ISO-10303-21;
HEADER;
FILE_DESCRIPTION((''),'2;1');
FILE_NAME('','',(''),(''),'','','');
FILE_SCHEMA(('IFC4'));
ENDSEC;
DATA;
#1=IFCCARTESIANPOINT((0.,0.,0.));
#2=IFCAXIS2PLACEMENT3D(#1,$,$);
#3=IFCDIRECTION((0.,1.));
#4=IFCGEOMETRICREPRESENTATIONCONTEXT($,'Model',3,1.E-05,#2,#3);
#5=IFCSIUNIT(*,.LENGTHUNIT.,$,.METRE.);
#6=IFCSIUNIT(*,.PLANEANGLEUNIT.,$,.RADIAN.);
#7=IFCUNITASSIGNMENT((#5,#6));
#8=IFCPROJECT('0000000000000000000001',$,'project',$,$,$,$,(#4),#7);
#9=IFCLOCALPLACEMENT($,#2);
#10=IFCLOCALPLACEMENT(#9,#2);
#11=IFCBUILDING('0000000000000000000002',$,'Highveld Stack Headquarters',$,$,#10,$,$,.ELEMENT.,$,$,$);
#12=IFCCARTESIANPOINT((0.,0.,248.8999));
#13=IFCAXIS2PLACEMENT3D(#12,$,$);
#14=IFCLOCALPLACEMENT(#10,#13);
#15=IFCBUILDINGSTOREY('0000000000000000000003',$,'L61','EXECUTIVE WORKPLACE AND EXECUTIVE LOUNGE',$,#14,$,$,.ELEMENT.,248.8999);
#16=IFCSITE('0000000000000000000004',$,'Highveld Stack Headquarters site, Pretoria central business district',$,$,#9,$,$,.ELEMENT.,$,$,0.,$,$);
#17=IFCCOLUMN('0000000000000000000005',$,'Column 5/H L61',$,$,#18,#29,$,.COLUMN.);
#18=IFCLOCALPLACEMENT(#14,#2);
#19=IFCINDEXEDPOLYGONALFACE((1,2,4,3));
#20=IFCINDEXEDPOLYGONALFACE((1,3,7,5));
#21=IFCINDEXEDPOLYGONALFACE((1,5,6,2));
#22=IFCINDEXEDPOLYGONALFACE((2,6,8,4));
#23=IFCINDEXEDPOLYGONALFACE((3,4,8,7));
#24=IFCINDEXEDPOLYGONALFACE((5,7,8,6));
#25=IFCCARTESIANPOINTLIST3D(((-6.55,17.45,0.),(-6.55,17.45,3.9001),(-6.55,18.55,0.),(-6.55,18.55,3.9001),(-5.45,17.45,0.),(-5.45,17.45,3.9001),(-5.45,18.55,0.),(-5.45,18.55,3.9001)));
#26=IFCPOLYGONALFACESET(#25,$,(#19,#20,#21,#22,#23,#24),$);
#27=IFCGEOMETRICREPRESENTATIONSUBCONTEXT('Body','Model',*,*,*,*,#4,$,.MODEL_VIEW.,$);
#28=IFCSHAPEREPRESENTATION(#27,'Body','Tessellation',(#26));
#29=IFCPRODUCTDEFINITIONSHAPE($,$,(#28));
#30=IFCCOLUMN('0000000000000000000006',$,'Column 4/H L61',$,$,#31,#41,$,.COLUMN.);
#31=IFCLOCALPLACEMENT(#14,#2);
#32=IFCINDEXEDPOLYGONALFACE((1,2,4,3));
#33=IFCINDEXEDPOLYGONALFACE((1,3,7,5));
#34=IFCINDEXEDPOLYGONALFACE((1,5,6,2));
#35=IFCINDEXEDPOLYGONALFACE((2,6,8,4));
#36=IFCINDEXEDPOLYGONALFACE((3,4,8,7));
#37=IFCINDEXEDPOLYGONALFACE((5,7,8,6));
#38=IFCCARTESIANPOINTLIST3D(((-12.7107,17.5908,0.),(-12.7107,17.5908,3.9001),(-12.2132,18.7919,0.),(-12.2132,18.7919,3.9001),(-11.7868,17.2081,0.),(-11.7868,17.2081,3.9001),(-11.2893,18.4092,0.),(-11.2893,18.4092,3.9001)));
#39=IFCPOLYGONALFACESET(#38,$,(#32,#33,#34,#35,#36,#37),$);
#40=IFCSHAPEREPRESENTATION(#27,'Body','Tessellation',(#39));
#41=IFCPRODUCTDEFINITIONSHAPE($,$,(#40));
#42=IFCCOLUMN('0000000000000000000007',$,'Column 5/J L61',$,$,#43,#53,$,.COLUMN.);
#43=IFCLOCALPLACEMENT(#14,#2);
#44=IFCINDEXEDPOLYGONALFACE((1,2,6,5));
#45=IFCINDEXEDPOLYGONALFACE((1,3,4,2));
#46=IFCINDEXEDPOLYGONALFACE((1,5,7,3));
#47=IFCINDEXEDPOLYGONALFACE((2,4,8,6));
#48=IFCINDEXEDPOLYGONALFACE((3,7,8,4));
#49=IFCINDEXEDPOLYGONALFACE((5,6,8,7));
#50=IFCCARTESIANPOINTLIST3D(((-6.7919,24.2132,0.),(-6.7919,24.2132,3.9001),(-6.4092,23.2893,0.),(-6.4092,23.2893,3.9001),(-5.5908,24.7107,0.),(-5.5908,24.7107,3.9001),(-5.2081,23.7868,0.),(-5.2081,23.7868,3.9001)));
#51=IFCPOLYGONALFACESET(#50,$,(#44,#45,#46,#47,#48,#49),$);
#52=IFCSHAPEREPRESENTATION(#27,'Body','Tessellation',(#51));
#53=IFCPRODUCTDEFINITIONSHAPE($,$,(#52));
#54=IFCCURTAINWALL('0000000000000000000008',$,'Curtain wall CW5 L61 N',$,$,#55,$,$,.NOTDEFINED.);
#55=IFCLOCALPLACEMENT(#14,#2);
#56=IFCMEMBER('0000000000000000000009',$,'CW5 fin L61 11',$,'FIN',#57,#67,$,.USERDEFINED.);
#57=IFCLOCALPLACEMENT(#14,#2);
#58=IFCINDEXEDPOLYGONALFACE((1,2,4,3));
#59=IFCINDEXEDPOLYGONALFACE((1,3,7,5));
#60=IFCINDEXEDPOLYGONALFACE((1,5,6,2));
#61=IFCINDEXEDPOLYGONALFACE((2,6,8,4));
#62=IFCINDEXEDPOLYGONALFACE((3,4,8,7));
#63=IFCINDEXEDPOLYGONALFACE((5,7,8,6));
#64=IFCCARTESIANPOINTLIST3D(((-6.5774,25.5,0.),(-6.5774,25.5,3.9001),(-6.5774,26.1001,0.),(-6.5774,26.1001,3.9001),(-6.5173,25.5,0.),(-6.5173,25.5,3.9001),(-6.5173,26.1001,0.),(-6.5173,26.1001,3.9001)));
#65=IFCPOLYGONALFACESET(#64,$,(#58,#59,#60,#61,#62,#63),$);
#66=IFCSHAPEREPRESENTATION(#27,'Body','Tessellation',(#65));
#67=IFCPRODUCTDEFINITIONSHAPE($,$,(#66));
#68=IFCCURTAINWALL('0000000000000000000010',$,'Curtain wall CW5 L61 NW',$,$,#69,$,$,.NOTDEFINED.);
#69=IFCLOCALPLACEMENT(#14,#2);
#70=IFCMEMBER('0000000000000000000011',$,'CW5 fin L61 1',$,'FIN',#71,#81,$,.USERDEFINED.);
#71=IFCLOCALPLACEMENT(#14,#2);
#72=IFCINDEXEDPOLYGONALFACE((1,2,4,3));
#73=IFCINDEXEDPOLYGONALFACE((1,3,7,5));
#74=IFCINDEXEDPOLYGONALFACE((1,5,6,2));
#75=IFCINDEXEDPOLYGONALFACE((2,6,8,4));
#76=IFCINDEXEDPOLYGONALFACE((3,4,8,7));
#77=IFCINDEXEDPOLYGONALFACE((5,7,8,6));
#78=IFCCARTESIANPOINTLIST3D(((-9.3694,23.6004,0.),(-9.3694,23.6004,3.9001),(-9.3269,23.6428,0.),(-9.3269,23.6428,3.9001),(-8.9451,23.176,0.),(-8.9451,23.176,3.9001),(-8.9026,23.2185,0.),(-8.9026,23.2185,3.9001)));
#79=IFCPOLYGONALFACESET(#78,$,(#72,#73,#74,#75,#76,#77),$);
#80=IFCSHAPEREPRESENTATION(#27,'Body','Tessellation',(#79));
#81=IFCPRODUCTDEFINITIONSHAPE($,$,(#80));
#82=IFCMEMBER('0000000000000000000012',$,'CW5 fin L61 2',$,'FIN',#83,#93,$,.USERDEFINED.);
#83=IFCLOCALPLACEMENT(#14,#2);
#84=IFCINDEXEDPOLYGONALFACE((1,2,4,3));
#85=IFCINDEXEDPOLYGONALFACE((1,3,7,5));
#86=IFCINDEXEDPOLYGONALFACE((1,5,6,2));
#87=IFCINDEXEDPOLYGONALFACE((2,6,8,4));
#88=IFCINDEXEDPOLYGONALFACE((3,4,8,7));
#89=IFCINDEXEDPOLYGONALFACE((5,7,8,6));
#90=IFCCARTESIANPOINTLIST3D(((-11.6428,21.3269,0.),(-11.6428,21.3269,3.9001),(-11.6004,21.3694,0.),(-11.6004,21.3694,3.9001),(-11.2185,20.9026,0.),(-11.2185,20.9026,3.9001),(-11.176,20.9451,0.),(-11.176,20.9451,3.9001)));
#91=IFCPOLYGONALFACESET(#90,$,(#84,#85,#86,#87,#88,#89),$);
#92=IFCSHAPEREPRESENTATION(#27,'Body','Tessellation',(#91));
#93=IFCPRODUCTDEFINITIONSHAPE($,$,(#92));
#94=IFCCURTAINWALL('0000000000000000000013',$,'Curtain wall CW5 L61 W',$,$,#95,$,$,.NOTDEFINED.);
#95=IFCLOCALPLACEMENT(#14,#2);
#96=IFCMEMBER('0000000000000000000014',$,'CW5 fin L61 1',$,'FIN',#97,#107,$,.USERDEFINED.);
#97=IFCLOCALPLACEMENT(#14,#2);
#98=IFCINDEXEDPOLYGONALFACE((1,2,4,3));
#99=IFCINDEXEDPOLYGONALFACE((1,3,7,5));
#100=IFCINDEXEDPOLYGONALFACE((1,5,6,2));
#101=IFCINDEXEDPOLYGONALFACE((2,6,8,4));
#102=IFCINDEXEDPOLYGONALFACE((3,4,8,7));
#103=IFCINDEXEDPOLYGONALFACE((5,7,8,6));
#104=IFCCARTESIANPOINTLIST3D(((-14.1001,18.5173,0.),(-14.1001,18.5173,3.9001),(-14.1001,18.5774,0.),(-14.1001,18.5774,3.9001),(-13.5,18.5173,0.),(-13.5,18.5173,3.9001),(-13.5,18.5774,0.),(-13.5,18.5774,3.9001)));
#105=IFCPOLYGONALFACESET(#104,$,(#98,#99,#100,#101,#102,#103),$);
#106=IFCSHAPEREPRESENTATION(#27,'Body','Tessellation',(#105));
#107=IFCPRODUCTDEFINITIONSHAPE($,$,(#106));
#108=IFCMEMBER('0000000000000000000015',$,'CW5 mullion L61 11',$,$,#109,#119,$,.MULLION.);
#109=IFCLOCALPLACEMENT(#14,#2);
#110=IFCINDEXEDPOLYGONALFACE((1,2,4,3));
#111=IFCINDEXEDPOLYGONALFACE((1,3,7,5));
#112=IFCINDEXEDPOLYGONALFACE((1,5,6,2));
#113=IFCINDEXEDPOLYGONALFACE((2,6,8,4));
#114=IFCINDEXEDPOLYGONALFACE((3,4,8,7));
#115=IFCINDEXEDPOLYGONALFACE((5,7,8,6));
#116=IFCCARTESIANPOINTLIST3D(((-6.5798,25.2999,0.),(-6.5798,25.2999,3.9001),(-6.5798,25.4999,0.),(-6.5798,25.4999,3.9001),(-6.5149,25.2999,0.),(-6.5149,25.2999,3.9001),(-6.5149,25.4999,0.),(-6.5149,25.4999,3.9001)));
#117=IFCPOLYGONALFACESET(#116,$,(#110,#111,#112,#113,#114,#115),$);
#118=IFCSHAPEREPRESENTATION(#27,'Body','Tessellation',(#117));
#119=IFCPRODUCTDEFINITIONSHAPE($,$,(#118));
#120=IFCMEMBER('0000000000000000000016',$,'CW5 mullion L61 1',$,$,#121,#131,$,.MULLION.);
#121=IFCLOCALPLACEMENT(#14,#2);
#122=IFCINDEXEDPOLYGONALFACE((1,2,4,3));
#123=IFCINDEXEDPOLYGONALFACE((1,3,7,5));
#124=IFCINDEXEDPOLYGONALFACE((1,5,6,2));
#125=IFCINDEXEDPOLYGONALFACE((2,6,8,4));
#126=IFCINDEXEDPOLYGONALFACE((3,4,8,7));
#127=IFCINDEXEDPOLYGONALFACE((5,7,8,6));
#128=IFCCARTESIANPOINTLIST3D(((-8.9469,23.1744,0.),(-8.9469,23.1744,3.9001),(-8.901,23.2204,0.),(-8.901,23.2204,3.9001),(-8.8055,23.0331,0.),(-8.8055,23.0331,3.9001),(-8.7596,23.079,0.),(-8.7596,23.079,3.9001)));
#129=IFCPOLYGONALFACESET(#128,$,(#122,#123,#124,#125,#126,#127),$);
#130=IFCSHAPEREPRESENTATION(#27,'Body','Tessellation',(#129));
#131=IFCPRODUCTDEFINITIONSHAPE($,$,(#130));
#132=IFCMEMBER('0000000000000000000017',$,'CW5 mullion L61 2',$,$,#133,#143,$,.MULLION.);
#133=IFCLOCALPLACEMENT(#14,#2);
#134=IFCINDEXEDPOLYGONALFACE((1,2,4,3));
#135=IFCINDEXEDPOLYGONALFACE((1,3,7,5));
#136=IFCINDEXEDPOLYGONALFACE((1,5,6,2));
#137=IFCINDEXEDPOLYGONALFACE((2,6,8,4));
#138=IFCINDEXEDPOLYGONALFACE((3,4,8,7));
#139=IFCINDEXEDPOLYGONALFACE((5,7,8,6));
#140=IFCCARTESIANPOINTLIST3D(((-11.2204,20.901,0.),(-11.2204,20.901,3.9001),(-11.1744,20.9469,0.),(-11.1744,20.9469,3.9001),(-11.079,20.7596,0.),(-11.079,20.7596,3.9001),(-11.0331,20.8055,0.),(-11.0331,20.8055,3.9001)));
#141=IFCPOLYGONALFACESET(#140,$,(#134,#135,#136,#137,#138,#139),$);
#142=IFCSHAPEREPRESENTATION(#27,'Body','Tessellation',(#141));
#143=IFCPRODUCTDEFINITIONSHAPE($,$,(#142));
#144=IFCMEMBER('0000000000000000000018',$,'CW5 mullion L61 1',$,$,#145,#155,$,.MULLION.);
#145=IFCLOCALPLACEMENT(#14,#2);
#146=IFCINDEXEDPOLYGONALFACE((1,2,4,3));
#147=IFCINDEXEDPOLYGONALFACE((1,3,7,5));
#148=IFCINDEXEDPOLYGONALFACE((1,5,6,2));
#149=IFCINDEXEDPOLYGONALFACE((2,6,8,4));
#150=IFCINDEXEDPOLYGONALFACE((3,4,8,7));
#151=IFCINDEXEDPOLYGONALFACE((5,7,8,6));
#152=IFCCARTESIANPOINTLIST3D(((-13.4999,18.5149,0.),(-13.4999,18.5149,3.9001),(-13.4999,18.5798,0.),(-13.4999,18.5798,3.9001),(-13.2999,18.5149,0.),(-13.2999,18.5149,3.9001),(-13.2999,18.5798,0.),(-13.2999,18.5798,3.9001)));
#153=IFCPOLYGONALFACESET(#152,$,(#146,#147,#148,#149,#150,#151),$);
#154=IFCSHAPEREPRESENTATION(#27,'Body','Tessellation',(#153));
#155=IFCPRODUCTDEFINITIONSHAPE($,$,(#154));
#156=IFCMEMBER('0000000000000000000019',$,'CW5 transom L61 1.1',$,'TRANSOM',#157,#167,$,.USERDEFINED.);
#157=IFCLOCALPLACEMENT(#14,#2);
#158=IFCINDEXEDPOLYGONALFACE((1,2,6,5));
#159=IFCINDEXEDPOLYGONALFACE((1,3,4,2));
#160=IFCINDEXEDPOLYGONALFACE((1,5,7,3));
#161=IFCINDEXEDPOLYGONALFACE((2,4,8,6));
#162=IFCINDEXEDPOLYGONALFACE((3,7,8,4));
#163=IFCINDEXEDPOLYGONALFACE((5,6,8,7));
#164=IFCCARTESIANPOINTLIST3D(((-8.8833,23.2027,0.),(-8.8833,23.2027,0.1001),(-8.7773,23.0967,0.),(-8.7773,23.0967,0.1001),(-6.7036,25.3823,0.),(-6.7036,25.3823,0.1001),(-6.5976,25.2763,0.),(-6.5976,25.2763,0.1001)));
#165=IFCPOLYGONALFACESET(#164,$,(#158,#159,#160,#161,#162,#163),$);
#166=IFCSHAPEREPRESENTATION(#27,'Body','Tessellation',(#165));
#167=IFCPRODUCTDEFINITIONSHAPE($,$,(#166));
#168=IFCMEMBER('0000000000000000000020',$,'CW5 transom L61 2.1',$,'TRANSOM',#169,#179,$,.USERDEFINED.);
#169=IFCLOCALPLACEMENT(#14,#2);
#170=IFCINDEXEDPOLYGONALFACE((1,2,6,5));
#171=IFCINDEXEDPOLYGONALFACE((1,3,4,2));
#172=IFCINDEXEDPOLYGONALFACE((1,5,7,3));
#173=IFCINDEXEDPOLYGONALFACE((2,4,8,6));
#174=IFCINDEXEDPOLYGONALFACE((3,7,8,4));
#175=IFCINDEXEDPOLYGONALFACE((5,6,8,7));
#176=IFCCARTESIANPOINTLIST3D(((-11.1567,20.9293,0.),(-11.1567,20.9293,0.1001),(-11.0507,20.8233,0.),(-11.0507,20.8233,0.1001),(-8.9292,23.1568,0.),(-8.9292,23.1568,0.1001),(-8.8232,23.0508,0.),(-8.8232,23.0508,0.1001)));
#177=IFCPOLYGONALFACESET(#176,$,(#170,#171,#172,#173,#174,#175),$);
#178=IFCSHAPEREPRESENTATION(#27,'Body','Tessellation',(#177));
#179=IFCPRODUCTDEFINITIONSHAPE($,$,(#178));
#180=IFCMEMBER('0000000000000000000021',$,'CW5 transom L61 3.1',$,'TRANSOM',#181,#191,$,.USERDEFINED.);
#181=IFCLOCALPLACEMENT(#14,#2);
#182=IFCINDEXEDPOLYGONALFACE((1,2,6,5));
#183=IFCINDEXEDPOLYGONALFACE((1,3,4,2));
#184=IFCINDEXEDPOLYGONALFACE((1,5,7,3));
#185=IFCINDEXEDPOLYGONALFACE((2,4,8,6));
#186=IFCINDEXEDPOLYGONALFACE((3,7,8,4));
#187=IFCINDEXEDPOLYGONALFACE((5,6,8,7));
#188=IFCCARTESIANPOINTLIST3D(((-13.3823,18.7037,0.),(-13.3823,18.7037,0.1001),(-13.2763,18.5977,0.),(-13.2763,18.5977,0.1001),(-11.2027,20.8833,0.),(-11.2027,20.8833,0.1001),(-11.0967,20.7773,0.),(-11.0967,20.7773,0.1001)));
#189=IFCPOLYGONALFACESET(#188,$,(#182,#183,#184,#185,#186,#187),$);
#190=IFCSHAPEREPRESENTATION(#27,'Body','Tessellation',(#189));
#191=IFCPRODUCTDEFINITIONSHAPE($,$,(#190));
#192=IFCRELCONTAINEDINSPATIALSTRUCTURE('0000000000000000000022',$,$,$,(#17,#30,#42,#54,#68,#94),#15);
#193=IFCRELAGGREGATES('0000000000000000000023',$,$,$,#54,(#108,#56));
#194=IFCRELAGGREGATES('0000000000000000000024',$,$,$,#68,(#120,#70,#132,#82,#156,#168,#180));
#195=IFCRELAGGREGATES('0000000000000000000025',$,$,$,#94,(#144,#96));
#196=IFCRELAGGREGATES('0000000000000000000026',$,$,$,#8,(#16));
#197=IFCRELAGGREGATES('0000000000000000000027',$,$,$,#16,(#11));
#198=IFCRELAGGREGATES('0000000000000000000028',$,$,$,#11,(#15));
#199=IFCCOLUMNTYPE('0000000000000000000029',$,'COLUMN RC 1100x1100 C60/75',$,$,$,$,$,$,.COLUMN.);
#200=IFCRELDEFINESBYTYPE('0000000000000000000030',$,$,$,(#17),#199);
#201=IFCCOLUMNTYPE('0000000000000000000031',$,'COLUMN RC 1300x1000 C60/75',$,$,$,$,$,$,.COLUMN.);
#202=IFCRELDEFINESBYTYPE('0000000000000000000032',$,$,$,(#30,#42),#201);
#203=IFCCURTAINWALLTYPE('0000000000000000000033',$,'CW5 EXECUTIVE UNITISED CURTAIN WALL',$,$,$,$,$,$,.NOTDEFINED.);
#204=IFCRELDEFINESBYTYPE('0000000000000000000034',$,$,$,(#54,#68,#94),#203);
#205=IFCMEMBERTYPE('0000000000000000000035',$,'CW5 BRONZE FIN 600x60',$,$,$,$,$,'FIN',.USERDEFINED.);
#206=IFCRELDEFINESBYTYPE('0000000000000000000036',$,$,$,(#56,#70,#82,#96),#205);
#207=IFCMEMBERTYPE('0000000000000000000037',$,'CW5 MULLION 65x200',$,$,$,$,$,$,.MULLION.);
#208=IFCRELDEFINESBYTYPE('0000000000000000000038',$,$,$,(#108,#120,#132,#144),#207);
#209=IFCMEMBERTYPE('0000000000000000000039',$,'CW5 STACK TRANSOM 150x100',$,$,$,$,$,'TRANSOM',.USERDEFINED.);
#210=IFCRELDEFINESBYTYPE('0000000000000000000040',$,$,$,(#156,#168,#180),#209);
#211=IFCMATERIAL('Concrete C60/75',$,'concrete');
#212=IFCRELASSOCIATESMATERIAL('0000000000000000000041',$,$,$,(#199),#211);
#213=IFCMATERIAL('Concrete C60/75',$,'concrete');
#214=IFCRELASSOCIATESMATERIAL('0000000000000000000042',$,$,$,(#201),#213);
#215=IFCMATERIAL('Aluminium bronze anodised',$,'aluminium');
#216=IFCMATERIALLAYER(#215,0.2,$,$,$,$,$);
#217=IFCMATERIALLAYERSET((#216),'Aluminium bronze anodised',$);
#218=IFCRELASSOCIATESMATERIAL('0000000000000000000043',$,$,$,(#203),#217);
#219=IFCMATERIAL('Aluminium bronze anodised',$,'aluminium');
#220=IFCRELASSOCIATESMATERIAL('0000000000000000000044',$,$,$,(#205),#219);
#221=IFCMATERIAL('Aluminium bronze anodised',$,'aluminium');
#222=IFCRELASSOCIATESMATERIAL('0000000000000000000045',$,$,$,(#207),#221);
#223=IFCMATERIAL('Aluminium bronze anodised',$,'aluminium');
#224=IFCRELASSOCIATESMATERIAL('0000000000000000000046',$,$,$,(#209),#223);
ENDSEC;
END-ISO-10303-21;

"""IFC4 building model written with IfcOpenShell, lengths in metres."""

from ifc_helpers import new_model, si_unit, direction, frame, origin, origin_2d, place, context, subcontext, project, spatial, rectangle, extrude, material, layer, layer_set, material_profile, profile_set, type_object, element, aggregate, save


model = new_model("IFC4")

# Units and contexts
model_context = context("Model", 3, precision=1e-05, world=origin(), true_north=direction((0.0, 1.0)))
body_context = subcontext(model_context, "Body", "Model", "MODEL_VIEW")
ifc_project = project(units=[si_unit("LENGTHUNIT", "METRE"), si_unit("PLANEANGLEUNIT", "RADIAN")], contexts=[model_context])

# Site, building, storey
site_placement = place(None, origin())
site = spatial("IfcSite", under=ifc_project, at=site_placement, Name="Highveld Stack Headquarters site, Pretoria central business district", CompositionType="ELEMENT", RefElevation=0.0)
building_placement = place(site_placement, origin())
building = spatial("IfcBuilding", under=site, at=building_placement, Name="Highveld Stack Headquarters", CompositionType="ELEMENT")
storey_placement = place(building_placement, frame((0.0, 0.0, 248.8999)))
storey = spatial("IfcBuildingStorey", under=building, at=storey_placement, Name="L61", Description="EXECUTIVE WORKPLACE AND EXECUTIVE LOUNGE", CompositionType="ELEMENT", Elevation=248.8999)

# Columns
ifc_material_1 = material(Name="Concrete C60/75", Category="concrete")
ifc_material_profile_1 = material_profile(ifc_material_1, rectangle(XDim=1.1001, YDim=1.1001, at=origin_2d()), Name="RC 1100x1100")
ifc_profile_set_1 = profile_set([ifc_material_profile_1], Name="Concrete C60/75")
column_type_1 = type_object("IfcColumnType", Name="COLUMN RC 1100x1100 C60/75", PredefinedType="COLUMN", material=ifc_profile_set_1)
column_placement = place(storey_placement, frame((-6.0, 18.0, 0.0), z_axis=(0.0, 0.0, 1.0), x_axis=(1.0, 0.0, 0.0)))
element("IfcColumn", 1, at=column_placement, inside=storey, type_object=column_type_1, Name="Column 5/H L61", PredefinedType="COLUMN", context=body_context, shape_type="SweptSolid", body=[
    extrude(rectangle(XDim=1.1001, YDim=1.1001, at=origin_2d()), origin(), (0.0, 0.0, 1.0), 3.9001),
])
ifc_material_2 = material(Name="Concrete C60/75", Category="concrete")
ifc_material_profile_2 = material_profile(ifc_material_2, rectangle(XDim=1.3, YDim=1.0, at=origin_2d()), Name="RC 1300x1000")
ifc_profile_set_2 = profile_set([ifc_material_profile_2], Name="Concrete C60/75")
column_type_2 = type_object("IfcColumnType", Name="COLUMN RC 1300x1000 C60/75", PredefinedType="COLUMN", material=ifc_profile_set_2)
for number, where, z_axis, x_axis, name in (
    (2, (-12.0, 18.0, 0.0), (0.0, 0.0, 1.0), (0.382683, 0.92388, 0.0), "Column 4/H L61"),
    (3, (-6.0, 24.0, 0.0), (0.0, 0.0, 1.0), (0.92388, 0.382683, 0.0), "Column 5/J L61"),
):
    element("IfcColumn", number, at=place(storey_placement, frame(where, z_axis=z_axis, x_axis=x_axis)), inside=storey, type_object=column_type_2, Name=name, PredefinedType="COLUMN", context=body_context, shape_type="SweptSolid", body=[
        extrude(rectangle(XDim=1.3, YDim=1.0, at=origin_2d()), origin(), (0.0, 0.0, 1.0), 3.9001),
    ])

# Curtain wall, member
ifc_material_3 = material(Name="Aluminium bronze anodised", Category="aluminium")
ifc_layer_1 = layer(ifc_material_3, 0.2)
ifc_layer_set_1 = layer_set([ifc_layer_1], Name="Aluminium bronze anodised")
curtain_wall_type = type_object("IfcCurtainWallType", Name="CW5 EXECUTIVE UNITISED CURTAIN WALL", PredefinedType="NOTDEFINED", material=ifc_layer_set_1)
curtain_wall_1_placement = place(storey_placement, origin())
curtain_wall_1 = element("IfcCurtainWall", 4, at=curtain_wall_1_placement, inside=storey, type_object=curtain_wall_type, Name="Curtain wall CW5 L61 N", PredefinedType="NOTDEFINED")
ifc_material_4 = material(Name="Aluminium bronze anodised", Category="aluminium")
ifc_material_profile_3 = material_profile(ifc_material_4, rectangle(XDim=0.6001, YDim=0.0601, at=origin_2d()), Name="FIN 600x60")
ifc_profile_set_3 = profile_set([ifc_material_profile_3], Name="Aluminium bronze anodised")
member_type_1 = type_object("IfcMemberType", Name="CW5 BRONZE FIN 600x60", ElementType="FIN", PredefinedType="USERDEFINED", material=ifc_profile_set_3)
member_1_placement = place(storey_placement, frame((-6.5474, 25.8, 0.0), z_axis=(0.0, 0.0, 1.0), x_axis=(0.0, -1.0, 0.0)))
member_1 = element("IfcMember", 5, at=member_1_placement, type_object=member_type_1, Name="CW5 fin L61 11", ObjectType="FIN", PredefinedType="USERDEFINED", context=body_context, shape_type="SweptSolid", body=[
    extrude(rectangle(XDim=0.6001, YDim=0.0601, at=origin_2d()), origin(), (0.0, 0.0, 1.0), 3.9001),
])

# Curtain wall, members
curtain_wall_2_placement = place(storey_placement, origin())
curtain_wall_2 = element("IfcCurtainWall", 6, at=curtain_wall_2_placement, inside=storey, type_object=curtain_wall_type, Name="Curtain wall CW5 L61 NW", PredefinedType="NOTDEFINED")
member_2_placement = place(storey_placement, frame((-9.136, 23.4094, 0.0), z_axis=(0.0, 0.0, 1.0), x_axis=(0.707107, -0.707107, 0.0)))
member_2 = element("IfcMember", 7, at=member_2_placement, type_object=member_type_1, Name="CW5 fin L61 1", ObjectType="FIN", PredefinedType="USERDEFINED", context=body_context, shape_type="SweptSolid", body=[
    extrude(rectangle(XDim=0.6001, YDim=0.0601, at=origin_2d()), origin(), (0.0, 0.0, 1.0), 3.9001),
])
member_3_placement = place(storey_placement, frame((-11.4094, 21.136, 0.0), z_axis=(0.0, 0.0, 1.0), x_axis=(0.707107, -0.707107, 0.0)))
member_3 = element("IfcMember", 8, at=member_3_placement, type_object=member_type_1, Name="CW5 fin L61 2", ObjectType="FIN", PredefinedType="USERDEFINED", context=body_context, shape_type="SweptSolid", body=[
    extrude(rectangle(XDim=0.6001, YDim=0.0601, at=origin_2d()), origin(), (0.0, 0.0, 1.0), 3.9001),
])

# Curtain wall, member
curtain_wall_3_placement = place(storey_placement, origin())
curtain_wall_3 = element("IfcCurtainWall", 9, at=curtain_wall_3_placement, inside=storey, type_object=curtain_wall_type, Name="Curtain wall CW5 L61 W", PredefinedType="NOTDEFINED")
member_4_placement = place(storey_placement, frame((-13.8, 18.5474, 0.0), z_axis=(0.0, 0.0, 1.0), x_axis=(1.0, 0.0, 0.0)))
member_4 = element("IfcMember", 10, at=member_4_placement, type_object=member_type_1, Name="CW5 fin L61 1", ObjectType="FIN", PredefinedType="USERDEFINED", context=body_context, shape_type="SweptSolid", body=[
    extrude(rectangle(XDim=0.6001, YDim=0.0601, at=origin_2d()), origin(), (0.0, 0.0, 1.0), 3.9001),
])

# Members
ifc_material_5 = material(Name="Aluminium bronze anodised", Category="aluminium")
ifc_material_profile_4 = material_profile(ifc_material_5, rectangle(XDim=0.2, YDim=0.0649, at=origin_2d()), Name="CW5 MULLION 65x200")
ifc_profile_set_4 = profile_set([ifc_material_profile_4], Name="Aluminium bronze anodised")
member_type_2 = type_object("IfcMemberType", Name="CW5 MULLION 65x200", PredefinedType="MULLION", material=ifc_profile_set_4)
member_5_placement = place(storey_placement, frame((-6.5474, 25.3999, 0.0), z_axis=(0.0, 0.0, 1.0), x_axis=(0.0, -1.0, 0.0)))
member_5 = element("IfcMember", 11, at=member_5_placement, type_object=member_type_2, Name="CW5 mullion L61 11", PredefinedType="MULLION", context=body_context, shape_type="SweptSolid", body=[
    extrude(rectangle(XDim=0.2, YDim=0.0649, at=origin_2d()), origin(), (0.0, 0.0, 1.0), 3.9001),
])
aggregate(curtain_wall_1, [member_5, member_1])
member_6_placement = place(storey_placement, frame((-8.8533, 23.1267, 0.0), z_axis=(0.0, 0.0, 1.0), x_axis=(0.707107, -0.707107, 0.0)))
member_6 = element("IfcMember", 12, at=member_6_placement, type_object=member_type_2, Name="CW5 mullion L61 1", PredefinedType="MULLION", context=body_context, shape_type="SweptSolid", body=[
    extrude(rectangle(XDim=0.2, YDim=0.0649, at=origin_2d()), origin(), (0.0, 0.0, 1.0), 3.9001),
])
member_7_placement = place(storey_placement, frame((-11.1267, 20.8533, 0.0), z_axis=(0.0, 0.0, 1.0), x_axis=(0.707107, -0.707107, 0.0)))
member_7 = element("IfcMember", 13, at=member_7_placement, type_object=member_type_2, Name="CW5 mullion L61 2", PredefinedType="MULLION", context=body_context, shape_type="SweptSolid", body=[
    extrude(rectangle(XDim=0.2, YDim=0.0649, at=origin_2d()), origin(), (0.0, 0.0, 1.0), 3.9001),
])
member_8_placement = place(storey_placement, frame((-13.3999, 18.5474, 0.0), z_axis=(0.0, 0.0, 1.0), x_axis=(1.0, 0.0, 0.0)))
member_8 = element("IfcMember", 14, at=member_8_placement, type_object=member_type_2, Name="CW5 mullion L61 1", PredefinedType="MULLION", context=body_context, shape_type="SweptSolid", body=[
    extrude(rectangle(XDim=0.2, YDim=0.0649, at=origin_2d()), origin(), (0.0, 0.0, 1.0), 3.9001),
])
ifc_material_6 = material(Name="Aluminium bronze anodised", Category="aluminium")
ifc_material_profile_5 = material_profile(ifc_material_6, rectangle(XDim=0.1499, YDim=0.1001, at=origin_2d()), Name="CW5 TRANSOM 150x100")
ifc_profile_set_5 = profile_set([ifc_material_profile_5], Name="Aluminium bronze anodised")
member_type_3 = type_object("IfcMemberType", Name="CW5 STACK TRANSOM 150x100", ElementType="TRANSOM", PredefinedType="USERDEFINED", material=ifc_profile_set_5)
member_9_placement = place(storey_placement, frame((-6.6506, 25.3293, 0.05), z_axis=(-0.707107, -0.707107, 0.0), x_axis=(0.707107, -0.707107, 0.0)))
member_9 = element("IfcMember", 15, at=member_9_placement, type_object=member_type_3, Name="CW5 transom L61 1.1", ObjectType="TRANSOM", PredefinedType="USERDEFINED", context=body_context, shape_type="SweptSolid", body=[
    extrude(rectangle(XDim=0.1499, YDim=0.1001, at=origin_2d()), origin(), (0.0, 0.0, 1.0), 3.0825),
])
member_10_placement = place(storey_placement, frame((-8.8762, 23.1038, 0.05), z_axis=(-0.707107, -0.707107, 0.0), x_axis=(0.707107, -0.707107, 0.0)))
member_10 = element("IfcMember", 16, at=member_10_placement, type_object=member_type_3, Name="CW5 transom L61 2.1", ObjectType="TRANSOM", PredefinedType="USERDEFINED", context=body_context, shape_type="SweptSolid", body=[
    extrude(rectangle(XDim=0.1499, YDim=0.1001, at=origin_2d()), origin(), (0.0, 0.0, 1.0), 3.1501),
])
member_11_placement = place(storey_placement, frame((-11.1497, 20.8303, 0.05), z_axis=(-0.707107, -0.707107, 0.0), x_axis=(0.707107, -0.707107, 0.0)))
member_11 = element("IfcMember", 17, at=member_11_placement, type_object=member_type_3, Name="CW5 transom L61 3.1", ObjectType="TRANSOM", PredefinedType="USERDEFINED", context=body_context, shape_type="SweptSolid", body=[
    extrude(rectangle(XDim=0.1499, YDim=0.1001, at=origin_2d()), origin(), (0.0, 0.0, 1.0), 3.0825),
])

aggregate(curtain_wall_2, [member_6, member_2, member_7, member_3, member_9, member_10, member_11])
aggregate(curtain_wall_3, [member_8, member_4])

save(model, "model.ifc")
